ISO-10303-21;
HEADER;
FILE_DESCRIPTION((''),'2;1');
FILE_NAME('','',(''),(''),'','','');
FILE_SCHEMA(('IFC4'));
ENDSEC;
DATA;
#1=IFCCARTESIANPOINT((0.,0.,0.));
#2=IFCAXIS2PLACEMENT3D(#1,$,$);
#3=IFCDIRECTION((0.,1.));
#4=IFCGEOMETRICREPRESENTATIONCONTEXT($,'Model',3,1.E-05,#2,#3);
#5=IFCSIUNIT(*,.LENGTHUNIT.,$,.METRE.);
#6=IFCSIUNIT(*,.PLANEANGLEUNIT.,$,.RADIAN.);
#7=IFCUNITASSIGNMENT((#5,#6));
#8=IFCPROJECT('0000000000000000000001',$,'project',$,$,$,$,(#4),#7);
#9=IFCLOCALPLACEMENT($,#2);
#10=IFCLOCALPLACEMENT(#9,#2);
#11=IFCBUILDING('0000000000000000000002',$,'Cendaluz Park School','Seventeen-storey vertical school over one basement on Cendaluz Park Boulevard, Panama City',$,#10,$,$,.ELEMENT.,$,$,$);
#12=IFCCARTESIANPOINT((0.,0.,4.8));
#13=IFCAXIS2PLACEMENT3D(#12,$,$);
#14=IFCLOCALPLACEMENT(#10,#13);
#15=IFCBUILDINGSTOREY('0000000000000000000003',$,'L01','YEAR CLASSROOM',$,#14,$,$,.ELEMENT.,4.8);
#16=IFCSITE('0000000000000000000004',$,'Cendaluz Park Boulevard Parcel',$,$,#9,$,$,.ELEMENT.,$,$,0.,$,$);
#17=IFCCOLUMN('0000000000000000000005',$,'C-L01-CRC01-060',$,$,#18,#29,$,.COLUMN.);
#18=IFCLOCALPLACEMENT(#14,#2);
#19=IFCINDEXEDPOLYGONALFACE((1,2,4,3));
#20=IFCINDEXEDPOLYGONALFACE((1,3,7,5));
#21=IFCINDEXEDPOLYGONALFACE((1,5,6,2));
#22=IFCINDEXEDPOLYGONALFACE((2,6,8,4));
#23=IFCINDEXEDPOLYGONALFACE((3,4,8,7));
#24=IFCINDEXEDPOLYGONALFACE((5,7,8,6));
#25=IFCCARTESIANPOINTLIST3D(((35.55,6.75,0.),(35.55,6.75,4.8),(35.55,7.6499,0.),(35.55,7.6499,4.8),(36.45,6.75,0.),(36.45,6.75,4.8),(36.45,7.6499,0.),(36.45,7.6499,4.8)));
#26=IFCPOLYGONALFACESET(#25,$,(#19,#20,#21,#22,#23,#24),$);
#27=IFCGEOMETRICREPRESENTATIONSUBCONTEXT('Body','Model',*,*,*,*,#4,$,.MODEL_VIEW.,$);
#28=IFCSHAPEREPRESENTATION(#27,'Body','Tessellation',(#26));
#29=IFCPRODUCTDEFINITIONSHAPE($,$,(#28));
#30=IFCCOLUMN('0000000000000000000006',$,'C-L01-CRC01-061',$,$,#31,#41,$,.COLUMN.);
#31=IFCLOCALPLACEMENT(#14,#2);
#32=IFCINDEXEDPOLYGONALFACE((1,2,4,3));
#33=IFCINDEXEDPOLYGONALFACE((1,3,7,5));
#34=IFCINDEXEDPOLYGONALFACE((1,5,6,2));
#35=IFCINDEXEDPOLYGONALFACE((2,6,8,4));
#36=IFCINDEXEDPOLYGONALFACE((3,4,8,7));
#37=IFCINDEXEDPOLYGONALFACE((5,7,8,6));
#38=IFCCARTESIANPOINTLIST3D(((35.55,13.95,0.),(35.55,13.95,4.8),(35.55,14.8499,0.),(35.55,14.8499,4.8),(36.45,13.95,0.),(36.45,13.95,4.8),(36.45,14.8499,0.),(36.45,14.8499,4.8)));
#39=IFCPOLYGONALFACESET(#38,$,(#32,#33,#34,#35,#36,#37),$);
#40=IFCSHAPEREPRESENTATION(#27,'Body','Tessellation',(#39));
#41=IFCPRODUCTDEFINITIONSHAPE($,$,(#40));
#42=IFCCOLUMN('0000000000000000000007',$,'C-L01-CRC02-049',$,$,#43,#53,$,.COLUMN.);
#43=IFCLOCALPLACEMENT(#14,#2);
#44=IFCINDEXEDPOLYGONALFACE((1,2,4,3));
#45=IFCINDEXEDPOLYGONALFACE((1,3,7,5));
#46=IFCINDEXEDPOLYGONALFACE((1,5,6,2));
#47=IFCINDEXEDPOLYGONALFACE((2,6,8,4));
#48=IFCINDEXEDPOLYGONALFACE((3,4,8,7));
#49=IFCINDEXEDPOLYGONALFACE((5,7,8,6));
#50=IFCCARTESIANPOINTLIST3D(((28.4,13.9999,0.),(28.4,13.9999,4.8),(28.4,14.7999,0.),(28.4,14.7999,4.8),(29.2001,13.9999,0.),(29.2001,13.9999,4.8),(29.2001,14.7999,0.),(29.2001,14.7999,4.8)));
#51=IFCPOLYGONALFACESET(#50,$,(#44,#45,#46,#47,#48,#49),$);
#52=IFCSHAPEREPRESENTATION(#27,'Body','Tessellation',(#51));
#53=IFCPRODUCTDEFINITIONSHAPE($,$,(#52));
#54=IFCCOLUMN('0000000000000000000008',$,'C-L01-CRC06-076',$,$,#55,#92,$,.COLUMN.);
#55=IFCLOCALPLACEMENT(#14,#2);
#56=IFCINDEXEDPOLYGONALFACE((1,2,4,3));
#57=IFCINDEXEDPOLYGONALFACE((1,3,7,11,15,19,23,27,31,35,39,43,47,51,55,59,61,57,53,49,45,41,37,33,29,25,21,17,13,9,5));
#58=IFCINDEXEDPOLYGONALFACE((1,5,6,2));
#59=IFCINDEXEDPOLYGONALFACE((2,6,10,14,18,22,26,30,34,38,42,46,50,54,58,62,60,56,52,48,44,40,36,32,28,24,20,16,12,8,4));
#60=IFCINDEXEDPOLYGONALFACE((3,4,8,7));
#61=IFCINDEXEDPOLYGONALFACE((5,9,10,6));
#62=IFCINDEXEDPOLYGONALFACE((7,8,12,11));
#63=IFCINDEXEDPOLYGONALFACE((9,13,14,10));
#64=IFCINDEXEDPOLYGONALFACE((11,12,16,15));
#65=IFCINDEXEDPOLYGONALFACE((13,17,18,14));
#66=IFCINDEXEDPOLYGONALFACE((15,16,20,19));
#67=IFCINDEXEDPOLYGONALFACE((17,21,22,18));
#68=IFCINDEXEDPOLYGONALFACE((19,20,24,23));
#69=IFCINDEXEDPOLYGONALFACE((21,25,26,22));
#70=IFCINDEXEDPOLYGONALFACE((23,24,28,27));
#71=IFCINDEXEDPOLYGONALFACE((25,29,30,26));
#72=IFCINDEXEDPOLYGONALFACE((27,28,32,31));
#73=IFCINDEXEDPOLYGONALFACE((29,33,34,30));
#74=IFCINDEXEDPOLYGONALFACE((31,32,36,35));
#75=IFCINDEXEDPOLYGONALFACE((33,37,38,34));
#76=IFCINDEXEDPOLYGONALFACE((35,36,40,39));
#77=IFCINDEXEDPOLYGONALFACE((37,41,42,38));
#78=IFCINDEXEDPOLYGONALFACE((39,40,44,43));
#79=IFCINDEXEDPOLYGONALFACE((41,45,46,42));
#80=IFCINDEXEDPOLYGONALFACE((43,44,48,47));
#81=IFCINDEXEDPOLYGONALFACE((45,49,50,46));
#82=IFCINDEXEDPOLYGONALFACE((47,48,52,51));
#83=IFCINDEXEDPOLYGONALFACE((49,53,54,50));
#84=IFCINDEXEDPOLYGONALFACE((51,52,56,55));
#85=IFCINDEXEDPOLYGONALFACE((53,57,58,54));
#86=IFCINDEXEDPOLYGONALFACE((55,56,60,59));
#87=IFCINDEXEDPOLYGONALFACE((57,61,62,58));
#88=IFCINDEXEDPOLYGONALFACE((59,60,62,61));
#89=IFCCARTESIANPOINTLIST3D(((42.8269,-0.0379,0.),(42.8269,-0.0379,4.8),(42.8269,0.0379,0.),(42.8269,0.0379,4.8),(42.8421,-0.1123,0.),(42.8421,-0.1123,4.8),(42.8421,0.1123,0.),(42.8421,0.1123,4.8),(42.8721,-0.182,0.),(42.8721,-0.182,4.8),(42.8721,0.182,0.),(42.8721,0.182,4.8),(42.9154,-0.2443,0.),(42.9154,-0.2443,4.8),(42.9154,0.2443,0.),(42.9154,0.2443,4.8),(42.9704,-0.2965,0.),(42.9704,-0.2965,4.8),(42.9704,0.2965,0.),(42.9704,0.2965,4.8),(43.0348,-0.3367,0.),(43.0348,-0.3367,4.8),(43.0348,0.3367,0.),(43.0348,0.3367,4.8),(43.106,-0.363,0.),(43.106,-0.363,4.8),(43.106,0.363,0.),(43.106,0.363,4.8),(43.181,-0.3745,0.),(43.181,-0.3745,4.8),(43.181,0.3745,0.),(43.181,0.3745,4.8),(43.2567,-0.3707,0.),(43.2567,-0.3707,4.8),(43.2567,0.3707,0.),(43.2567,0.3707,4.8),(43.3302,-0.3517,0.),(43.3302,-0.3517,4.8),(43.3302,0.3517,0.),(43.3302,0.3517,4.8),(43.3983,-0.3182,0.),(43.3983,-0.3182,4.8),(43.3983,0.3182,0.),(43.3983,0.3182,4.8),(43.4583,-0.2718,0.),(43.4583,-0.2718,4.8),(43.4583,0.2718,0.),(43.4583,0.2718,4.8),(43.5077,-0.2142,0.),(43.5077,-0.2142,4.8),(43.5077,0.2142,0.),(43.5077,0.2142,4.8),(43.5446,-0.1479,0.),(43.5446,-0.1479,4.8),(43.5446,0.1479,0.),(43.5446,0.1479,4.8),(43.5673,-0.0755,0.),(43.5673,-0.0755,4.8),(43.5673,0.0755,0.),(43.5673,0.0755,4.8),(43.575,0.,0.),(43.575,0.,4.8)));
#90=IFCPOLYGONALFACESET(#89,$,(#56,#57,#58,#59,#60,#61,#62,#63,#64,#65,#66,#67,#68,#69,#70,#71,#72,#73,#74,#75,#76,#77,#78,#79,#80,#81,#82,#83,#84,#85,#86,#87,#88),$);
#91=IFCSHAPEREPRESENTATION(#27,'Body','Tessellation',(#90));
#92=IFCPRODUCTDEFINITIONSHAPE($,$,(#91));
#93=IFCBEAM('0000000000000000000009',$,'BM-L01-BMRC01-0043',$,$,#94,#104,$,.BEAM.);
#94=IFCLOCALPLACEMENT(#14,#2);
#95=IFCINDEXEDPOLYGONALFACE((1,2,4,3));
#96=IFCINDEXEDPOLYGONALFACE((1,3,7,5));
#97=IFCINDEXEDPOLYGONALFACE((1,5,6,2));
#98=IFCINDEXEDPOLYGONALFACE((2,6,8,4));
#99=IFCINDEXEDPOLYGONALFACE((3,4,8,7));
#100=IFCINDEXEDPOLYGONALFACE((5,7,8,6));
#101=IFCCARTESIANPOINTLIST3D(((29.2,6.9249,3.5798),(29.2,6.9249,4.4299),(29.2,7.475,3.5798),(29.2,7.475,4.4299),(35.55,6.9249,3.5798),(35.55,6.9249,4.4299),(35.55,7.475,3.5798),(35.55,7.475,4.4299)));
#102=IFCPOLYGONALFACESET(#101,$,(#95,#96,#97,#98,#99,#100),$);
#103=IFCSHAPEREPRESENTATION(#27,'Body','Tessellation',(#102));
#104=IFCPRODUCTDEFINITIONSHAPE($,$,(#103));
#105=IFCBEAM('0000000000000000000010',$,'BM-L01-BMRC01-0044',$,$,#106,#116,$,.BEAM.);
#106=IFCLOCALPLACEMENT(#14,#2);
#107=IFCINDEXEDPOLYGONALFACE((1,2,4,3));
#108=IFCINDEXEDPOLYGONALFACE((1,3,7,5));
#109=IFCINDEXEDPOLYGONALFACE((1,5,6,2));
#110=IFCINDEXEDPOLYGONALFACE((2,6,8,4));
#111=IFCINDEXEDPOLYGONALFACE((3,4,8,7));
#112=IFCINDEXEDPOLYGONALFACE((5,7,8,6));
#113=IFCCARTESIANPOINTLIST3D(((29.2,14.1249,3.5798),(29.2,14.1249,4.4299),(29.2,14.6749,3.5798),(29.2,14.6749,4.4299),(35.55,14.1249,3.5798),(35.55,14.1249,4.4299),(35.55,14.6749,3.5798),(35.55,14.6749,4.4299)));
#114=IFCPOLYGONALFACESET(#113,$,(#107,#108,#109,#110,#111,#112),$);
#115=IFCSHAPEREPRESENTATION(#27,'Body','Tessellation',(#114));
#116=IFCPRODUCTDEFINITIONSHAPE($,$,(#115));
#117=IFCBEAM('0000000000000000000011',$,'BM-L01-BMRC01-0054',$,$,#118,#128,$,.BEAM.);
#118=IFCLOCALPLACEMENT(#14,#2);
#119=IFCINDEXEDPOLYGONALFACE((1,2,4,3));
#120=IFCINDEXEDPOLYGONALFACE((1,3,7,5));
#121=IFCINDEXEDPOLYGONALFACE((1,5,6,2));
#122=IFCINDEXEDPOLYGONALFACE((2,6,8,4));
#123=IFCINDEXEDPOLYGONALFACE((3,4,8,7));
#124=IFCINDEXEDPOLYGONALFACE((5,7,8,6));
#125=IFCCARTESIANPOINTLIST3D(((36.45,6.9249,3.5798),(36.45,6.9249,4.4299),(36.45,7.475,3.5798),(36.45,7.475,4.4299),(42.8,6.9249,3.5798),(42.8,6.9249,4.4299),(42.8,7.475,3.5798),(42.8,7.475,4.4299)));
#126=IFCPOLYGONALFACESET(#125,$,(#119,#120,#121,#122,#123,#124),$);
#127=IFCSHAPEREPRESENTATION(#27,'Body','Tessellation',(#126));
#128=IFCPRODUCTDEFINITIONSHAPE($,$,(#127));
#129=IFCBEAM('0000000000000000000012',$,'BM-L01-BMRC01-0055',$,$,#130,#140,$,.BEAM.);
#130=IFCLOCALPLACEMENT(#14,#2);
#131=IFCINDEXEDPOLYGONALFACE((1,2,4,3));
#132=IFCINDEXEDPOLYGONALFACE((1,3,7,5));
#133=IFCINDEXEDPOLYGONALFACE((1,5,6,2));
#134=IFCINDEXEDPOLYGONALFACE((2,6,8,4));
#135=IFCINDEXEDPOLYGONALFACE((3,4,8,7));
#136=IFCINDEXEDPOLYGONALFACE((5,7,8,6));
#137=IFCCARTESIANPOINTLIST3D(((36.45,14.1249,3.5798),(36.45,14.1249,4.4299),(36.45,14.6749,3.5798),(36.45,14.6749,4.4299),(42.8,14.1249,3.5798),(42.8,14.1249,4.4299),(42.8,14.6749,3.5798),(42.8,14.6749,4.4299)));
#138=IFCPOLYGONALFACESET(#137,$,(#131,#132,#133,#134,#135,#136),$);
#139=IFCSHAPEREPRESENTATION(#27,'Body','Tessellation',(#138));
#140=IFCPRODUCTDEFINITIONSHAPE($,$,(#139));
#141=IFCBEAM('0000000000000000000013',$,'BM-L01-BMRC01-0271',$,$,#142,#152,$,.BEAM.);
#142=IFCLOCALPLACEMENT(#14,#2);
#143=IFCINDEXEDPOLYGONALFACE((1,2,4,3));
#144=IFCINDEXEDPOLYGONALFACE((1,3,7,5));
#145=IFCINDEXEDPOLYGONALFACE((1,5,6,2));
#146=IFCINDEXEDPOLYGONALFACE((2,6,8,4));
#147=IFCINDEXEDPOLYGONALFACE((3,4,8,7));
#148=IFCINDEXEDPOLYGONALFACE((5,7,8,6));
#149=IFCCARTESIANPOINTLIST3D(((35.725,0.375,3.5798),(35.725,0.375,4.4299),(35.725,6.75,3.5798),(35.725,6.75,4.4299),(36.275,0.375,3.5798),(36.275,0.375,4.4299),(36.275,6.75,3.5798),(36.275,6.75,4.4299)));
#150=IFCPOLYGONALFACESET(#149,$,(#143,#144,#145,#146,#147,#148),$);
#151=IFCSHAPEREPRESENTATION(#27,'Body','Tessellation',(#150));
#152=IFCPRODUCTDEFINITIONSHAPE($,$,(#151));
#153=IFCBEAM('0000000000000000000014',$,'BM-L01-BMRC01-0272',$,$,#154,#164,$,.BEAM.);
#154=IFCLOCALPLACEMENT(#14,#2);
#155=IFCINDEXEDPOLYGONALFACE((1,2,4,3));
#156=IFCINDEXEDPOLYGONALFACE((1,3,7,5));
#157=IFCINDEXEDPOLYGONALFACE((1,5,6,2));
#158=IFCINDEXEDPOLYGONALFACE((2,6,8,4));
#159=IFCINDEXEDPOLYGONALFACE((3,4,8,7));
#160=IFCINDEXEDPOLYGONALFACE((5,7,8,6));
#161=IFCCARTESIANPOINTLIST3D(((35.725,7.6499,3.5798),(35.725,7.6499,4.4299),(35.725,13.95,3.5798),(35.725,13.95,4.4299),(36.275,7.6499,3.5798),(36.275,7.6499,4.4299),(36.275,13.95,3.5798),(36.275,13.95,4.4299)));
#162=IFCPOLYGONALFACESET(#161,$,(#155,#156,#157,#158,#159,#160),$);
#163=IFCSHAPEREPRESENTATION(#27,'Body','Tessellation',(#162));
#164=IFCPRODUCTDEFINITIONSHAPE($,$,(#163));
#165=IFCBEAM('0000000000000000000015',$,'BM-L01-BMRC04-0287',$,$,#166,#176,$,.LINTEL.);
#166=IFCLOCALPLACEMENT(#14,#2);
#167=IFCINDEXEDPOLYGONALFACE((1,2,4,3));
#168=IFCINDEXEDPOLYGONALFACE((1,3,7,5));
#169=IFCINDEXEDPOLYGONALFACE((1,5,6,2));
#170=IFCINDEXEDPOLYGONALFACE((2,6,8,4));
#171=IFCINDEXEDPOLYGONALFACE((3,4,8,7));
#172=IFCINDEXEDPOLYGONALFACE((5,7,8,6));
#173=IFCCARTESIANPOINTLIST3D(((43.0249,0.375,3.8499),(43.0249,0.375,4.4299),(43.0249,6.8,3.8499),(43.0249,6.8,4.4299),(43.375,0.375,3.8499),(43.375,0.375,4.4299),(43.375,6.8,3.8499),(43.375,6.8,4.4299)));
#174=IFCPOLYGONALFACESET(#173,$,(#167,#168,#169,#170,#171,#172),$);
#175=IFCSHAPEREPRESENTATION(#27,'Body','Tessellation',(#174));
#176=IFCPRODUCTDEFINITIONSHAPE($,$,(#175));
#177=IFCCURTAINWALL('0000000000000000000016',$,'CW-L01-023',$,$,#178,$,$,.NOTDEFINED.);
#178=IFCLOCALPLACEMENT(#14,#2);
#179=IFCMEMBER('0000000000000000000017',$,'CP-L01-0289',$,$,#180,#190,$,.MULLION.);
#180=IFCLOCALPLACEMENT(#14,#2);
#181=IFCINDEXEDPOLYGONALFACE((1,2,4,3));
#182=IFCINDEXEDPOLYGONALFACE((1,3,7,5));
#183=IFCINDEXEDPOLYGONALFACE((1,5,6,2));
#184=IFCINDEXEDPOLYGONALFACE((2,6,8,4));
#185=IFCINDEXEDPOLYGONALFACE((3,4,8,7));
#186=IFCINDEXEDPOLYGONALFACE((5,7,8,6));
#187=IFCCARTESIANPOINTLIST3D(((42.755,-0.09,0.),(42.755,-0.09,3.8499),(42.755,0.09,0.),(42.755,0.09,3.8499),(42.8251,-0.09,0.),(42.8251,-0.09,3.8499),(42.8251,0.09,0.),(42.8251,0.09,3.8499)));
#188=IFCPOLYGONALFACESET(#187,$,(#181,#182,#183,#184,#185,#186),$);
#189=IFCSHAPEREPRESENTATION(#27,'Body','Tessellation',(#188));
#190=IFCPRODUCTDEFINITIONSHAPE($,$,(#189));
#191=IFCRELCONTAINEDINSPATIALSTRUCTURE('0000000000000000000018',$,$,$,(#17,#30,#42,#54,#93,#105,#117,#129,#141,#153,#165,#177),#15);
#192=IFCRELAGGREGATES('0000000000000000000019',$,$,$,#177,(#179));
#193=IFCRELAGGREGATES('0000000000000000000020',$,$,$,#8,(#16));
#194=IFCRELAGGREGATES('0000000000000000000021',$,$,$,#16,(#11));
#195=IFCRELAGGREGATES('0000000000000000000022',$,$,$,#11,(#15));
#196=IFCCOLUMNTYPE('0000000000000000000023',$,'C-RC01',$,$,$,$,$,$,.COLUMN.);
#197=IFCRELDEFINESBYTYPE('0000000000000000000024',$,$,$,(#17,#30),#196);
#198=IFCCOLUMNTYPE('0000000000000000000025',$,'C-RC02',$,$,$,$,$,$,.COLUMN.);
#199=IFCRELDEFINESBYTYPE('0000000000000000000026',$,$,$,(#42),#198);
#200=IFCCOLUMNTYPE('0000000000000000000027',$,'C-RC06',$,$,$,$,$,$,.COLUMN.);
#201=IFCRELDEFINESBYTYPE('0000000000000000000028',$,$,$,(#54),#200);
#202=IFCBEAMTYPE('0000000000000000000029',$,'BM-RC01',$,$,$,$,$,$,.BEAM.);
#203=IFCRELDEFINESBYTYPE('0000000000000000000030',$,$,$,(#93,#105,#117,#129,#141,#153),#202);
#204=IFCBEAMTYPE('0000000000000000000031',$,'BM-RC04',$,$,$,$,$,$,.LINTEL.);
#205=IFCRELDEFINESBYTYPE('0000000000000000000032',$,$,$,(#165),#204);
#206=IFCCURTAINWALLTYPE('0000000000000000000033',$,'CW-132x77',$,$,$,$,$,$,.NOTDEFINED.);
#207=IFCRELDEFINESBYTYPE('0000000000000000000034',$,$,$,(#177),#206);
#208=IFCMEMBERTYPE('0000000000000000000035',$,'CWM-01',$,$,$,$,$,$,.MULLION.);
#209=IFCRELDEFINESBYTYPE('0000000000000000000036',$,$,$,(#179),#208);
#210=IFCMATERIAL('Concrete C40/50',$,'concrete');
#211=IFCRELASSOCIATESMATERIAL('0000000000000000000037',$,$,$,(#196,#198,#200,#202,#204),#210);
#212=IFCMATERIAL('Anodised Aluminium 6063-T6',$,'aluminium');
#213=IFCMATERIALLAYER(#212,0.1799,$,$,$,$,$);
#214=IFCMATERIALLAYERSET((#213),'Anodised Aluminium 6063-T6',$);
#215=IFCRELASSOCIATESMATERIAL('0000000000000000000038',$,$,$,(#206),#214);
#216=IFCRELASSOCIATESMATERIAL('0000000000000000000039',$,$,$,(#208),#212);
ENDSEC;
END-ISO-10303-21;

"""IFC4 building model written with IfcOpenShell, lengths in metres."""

from ifc_helpers import new_model, si_unit, direction, frame, origin, origin_2d, place, context, subcontext, project, spatial, rectangle, circle, extrude, material, layer, layer_set, material_profile, profile_set, type_object, element, aggregate, save


model = new_model("IFC4")

# Units and contexts
model_context = context("Model", 3, precision=1e-05, world=origin(), true_north=direction((0.0, 1.0)))
body_context = subcontext(model_context, "Body", "Model", "MODEL_VIEW")
ifc_project = project(units=[si_unit("LENGTHUNIT", "METRE"), si_unit("PLANEANGLEUNIT", "RADIAN")], contexts=[model_context])

# Site, building, storey
site_placement = place(None, origin())
site = spatial("IfcSite", under=ifc_project, at=site_placement, Name="Cendaluz Park Boulevard Parcel", CompositionType="ELEMENT", RefElevation=0.0)
building_placement = place(site_placement, origin())
building = spatial("IfcBuilding", under=site, at=building_placement, Name="Cendaluz Park School", Description="Seventeen-storey vertical school over one basement on Cendaluz Park Boulevard, Panama City", CompositionType="ELEMENT")
storey_placement = place(building_placement, frame((0.0, 0.0, 4.8)))
storey = spatial("IfcBuildingStorey", under=building, at=storey_placement, Name="L01", Description="YEAR CLASSROOM", CompositionType="ELEMENT", Elevation=4.8)

# Columns
ifc_material_1 = material(Name="Concrete C40/50", Category="concrete")
ifc_material_profile_1 = material_profile(ifc_material_1, rectangle(XDim=0.8999, YDim=0.8999, at=origin_2d()), Name="RC 900x900", Category="concrete")
ifc_profile_set_1 = profile_set([ifc_material_profile_1], Name="Concrete C40/50")
column_type_1 = type_object("IfcColumnType", Name="C-RC01", PredefinedType="COLUMN", material=ifc_profile_set_1)
for number, where, z_axis, x_axis, name in (
    (1, (36.0, 7.2, 0.0), (0.0, 0.0, 1.0), (1.0, 0.0, 0.0), "C-L01-CRC01-060"),
    (2, (36.0, 14.3999, 0.0), (0.0, 0.0, 1.0), (1.0, 0.0, 0.0), "C-L01-CRC01-061"),
):
    element("IfcColumn", number, at=place(storey_placement, frame(where, z_axis=z_axis, x_axis=x_axis)), inside=storey, type_object=column_type_1, Name=name, PredefinedType="COLUMN", context=body_context, shape_type="SweptSolid", body=[
        extrude(rectangle(XDim=0.8999, YDim=0.8999, at=origin_2d()), origin(), (0.0, 0.0, 1.0), 4.8),
    ])
ifc_material_profile_2 = material_profile(ifc_material_1, rectangle(XDim=0.8, YDim=0.8, at=origin_2d()), Name="RC 800x800", Category="concrete")
ifc_profile_set_2 = profile_set([ifc_material_profile_2], Name="Concrete C40/50")
column_type_2 = type_object("IfcColumnType", Name="C-RC02", PredefinedType="COLUMN", material=ifc_profile_set_2)
column_1_placement = place(storey_placement, frame((28.8, 14.3999, 0.0), z_axis=(0.0, 0.0, 1.0), x_axis=(1.0, 0.0, 0.0)))
element("IfcColumn", 3, at=column_1_placement, inside=storey, type_object=column_type_2, Name="C-L01-CRC02-049", PredefinedType="COLUMN", context=body_context, shape_type="SweptSolid", body=[
    extrude(rectangle(XDim=0.8, YDim=0.8, at=origin_2d()), origin(), (0.0, 0.0, 1.0), 4.8),
])
ifc_material_profile_3 = material_profile(ifc_material_1, circle(Radius=0.375, at=origin_2d()), Name="RC D750", Category="concrete")
ifc_profile_set_3 = profile_set([ifc_material_profile_3], Name="Concrete C40/50")
column_type_3 = type_object("IfcColumnType", Name="C-RC06", PredefinedType="COLUMN", material=ifc_profile_set_3)
column_2_placement = place(storey_placement, frame((43.2, 0.0, 0.0), z_axis=(0.0, 0.0, 1.0), x_axis=(1.0, 0.0, 0.0)))
element("IfcColumn", 4, at=column_2_placement, inside=storey, type_object=column_type_3, Name="C-L01-CRC06-076", PredefinedType="COLUMN", context=body_context, shape_type="SweptSolid", body=[
    extrude(circle(Radius=0.375, at=origin_2d()), origin(), (0.0, 0.0, 1.0), 4.8),
])

# Beams
ifc_material_profile_4 = material_profile(ifc_material_1, rectangle(XDim=0.55, YDim=0.8501, at=origin_2d()), Name="RC 550x850", Category="concrete")
ifc_profile_set_4 = profile_set([ifc_material_profile_4], Name="Concrete C40/50")
beam_type_1 = type_object("IfcBeamType", Name="BM-RC01", PredefinedType="BEAM", material=ifc_profile_set_4)
for number, where, z_axis, x_axis, name in (
    (5, (29.2, 7.2, 4.0049), (1.0, 0.0, 0.0), (0.0, 1.0, 0.0), "BM-L01-BMRC01-0043"),
    (6, (29.2, 14.3999, 4.0049), (1.0, 0.0, 0.0), (0.0, 1.0, 0.0), "BM-L01-BMRC01-0044"),
    (7, (36.45, 7.2, 4.0049), (1.0, 0.0, 0.0), (0.0, 1.0, 0.0), "BM-L01-BMRC01-0054"),
    (8, (36.45, 14.3999, 4.0049), (1.0, 0.0, 0.0), (0.0, 1.0, 0.0), "BM-L01-BMRC01-0055"),
):
    element("IfcBeam", number, at=place(storey_placement, frame(where, z_axis=z_axis, x_axis=x_axis)), inside=storey, type_object=beam_type_1, Name=name, PredefinedType="BEAM", context=body_context, shape_type="SweptSolid", body=[
        extrude(rectangle(XDim=0.55, YDim=0.8501, at=origin_2d()), origin(), (0.0, 0.0, 1.0), 6.3501),
    ])
beam_1_placement = place(storey_placement, frame((36.0, 0.375, 4.0049), z_axis=(0.0, 1.0, 0.0), x_axis=(-1.0, 0.0, 0.0)))
element("IfcBeam", 9, at=beam_1_placement, inside=storey, type_object=beam_type_1, Name="BM-L01-BMRC01-0271", PredefinedType="BEAM", context=body_context, shape_type="SweptSolid", body=[
    extrude(rectangle(XDim=0.55, YDim=0.8501, at=origin_2d()), origin(), (0.0, 0.0, 1.0), 6.375),
])
beam_2_placement = place(storey_placement, frame((36.0, 7.6499, 4.0049), z_axis=(0.0, 1.0, 0.0), x_axis=(-1.0, 0.0, 0.0)))
element("IfcBeam", 10, at=beam_2_placement, inside=storey, type_object=beam_type_1, Name="BM-L01-BMRC01-0272", PredefinedType="BEAM", context=body_context, shape_type="SweptSolid", body=[
    extrude(rectangle(XDim=0.55, YDim=0.8501, at=origin_2d()), origin(), (0.0, 0.0, 1.0), 6.3),
])
ifc_material_profile_5 = material_profile(ifc_material_1, rectangle(XDim=0.3501, YDim=0.5801, at=origin_2d()), Name="RC 350x580", Category="concrete")
ifc_profile_set_5 = profile_set([ifc_material_profile_5], Name="Concrete C40/50")
beam_type_2 = type_object("IfcBeamType", Name="BM-RC04", PredefinedType="LINTEL", material=ifc_profile_set_5)
beam_3_placement = place(storey_placement, frame((43.2, 0.375, 4.1399), z_axis=(0.0, 1.0, 0.0), x_axis=(-1.0, 0.0, 0.0)))
element("IfcBeam", 11, at=beam_3_placement, inside=storey, type_object=beam_type_2, Name="BM-L01-BMRC04-0287", PredefinedType="LINTEL", context=body_context, shape_type="SweptSolid", body=[
    extrude(rectangle(XDim=0.3501, YDim=0.5801, at=origin_2d()), origin(), (0.0, 0.0, 1.0), 6.425),
])

# Curtain wall, member
ifc_material_2 = material(Name="Anodised Aluminium 6063-T6", Category="aluminium")
ifc_layer_1 = layer(ifc_material_2, 0.1799)
ifc_layer_set_1 = layer_set([ifc_layer_1], Name="Anodised Aluminium 6063-T6")
curtain_wall_type_1 = type_object("IfcCurtainWallType", Name="CW-132x77", PredefinedType="NOTDEFINED", material=ifc_layer_set_1)
curtain_wall_1_placement = place(storey_placement, origin())
curtain_wall_1 = element("IfcCurtainWall", 12, at=curtain_wall_1_placement, inside=storey, type_object=curtain_wall_type_1, Name="CW-L01-023", PredefinedType="NOTDEFINED")
ifc_material_profile_6 = material_profile(ifc_material_2, rectangle(XDim=0.1799, YDim=0.0701, at=origin_2d()), Name="CWM 180x70", Category="aluminium")
ifc_profile_set_6 = profile_set([ifc_material_profile_6], Name="Anodised Aluminium 6063-T6")
member_type_1 = type_object("IfcMemberType", Name="CWM-01", PredefinedType="MULLION", material=ifc_profile_set_6)
member_1_placement = place(storey_placement, frame((42.79, 0.0, 0.0), z_axis=(0.0, 0.0, 1.0), x_axis=(0.0, 1.0, 0.0)))
member_1 = element("IfcMember", 13, at=member_1_placement, type_object=member_type_1, Name="CP-L01-0289", PredefinedType="MULLION", context=body_context, shape_type="SweptSolid", body=[
    extrude(rectangle(XDim=0.1799, YDim=0.0701, at=origin_2d()), origin(), (0.0, 0.0, 1.0), 3.8499),
])
aggregate(curtain_wall_1, [member_1])

save(model, "model.ifc")
